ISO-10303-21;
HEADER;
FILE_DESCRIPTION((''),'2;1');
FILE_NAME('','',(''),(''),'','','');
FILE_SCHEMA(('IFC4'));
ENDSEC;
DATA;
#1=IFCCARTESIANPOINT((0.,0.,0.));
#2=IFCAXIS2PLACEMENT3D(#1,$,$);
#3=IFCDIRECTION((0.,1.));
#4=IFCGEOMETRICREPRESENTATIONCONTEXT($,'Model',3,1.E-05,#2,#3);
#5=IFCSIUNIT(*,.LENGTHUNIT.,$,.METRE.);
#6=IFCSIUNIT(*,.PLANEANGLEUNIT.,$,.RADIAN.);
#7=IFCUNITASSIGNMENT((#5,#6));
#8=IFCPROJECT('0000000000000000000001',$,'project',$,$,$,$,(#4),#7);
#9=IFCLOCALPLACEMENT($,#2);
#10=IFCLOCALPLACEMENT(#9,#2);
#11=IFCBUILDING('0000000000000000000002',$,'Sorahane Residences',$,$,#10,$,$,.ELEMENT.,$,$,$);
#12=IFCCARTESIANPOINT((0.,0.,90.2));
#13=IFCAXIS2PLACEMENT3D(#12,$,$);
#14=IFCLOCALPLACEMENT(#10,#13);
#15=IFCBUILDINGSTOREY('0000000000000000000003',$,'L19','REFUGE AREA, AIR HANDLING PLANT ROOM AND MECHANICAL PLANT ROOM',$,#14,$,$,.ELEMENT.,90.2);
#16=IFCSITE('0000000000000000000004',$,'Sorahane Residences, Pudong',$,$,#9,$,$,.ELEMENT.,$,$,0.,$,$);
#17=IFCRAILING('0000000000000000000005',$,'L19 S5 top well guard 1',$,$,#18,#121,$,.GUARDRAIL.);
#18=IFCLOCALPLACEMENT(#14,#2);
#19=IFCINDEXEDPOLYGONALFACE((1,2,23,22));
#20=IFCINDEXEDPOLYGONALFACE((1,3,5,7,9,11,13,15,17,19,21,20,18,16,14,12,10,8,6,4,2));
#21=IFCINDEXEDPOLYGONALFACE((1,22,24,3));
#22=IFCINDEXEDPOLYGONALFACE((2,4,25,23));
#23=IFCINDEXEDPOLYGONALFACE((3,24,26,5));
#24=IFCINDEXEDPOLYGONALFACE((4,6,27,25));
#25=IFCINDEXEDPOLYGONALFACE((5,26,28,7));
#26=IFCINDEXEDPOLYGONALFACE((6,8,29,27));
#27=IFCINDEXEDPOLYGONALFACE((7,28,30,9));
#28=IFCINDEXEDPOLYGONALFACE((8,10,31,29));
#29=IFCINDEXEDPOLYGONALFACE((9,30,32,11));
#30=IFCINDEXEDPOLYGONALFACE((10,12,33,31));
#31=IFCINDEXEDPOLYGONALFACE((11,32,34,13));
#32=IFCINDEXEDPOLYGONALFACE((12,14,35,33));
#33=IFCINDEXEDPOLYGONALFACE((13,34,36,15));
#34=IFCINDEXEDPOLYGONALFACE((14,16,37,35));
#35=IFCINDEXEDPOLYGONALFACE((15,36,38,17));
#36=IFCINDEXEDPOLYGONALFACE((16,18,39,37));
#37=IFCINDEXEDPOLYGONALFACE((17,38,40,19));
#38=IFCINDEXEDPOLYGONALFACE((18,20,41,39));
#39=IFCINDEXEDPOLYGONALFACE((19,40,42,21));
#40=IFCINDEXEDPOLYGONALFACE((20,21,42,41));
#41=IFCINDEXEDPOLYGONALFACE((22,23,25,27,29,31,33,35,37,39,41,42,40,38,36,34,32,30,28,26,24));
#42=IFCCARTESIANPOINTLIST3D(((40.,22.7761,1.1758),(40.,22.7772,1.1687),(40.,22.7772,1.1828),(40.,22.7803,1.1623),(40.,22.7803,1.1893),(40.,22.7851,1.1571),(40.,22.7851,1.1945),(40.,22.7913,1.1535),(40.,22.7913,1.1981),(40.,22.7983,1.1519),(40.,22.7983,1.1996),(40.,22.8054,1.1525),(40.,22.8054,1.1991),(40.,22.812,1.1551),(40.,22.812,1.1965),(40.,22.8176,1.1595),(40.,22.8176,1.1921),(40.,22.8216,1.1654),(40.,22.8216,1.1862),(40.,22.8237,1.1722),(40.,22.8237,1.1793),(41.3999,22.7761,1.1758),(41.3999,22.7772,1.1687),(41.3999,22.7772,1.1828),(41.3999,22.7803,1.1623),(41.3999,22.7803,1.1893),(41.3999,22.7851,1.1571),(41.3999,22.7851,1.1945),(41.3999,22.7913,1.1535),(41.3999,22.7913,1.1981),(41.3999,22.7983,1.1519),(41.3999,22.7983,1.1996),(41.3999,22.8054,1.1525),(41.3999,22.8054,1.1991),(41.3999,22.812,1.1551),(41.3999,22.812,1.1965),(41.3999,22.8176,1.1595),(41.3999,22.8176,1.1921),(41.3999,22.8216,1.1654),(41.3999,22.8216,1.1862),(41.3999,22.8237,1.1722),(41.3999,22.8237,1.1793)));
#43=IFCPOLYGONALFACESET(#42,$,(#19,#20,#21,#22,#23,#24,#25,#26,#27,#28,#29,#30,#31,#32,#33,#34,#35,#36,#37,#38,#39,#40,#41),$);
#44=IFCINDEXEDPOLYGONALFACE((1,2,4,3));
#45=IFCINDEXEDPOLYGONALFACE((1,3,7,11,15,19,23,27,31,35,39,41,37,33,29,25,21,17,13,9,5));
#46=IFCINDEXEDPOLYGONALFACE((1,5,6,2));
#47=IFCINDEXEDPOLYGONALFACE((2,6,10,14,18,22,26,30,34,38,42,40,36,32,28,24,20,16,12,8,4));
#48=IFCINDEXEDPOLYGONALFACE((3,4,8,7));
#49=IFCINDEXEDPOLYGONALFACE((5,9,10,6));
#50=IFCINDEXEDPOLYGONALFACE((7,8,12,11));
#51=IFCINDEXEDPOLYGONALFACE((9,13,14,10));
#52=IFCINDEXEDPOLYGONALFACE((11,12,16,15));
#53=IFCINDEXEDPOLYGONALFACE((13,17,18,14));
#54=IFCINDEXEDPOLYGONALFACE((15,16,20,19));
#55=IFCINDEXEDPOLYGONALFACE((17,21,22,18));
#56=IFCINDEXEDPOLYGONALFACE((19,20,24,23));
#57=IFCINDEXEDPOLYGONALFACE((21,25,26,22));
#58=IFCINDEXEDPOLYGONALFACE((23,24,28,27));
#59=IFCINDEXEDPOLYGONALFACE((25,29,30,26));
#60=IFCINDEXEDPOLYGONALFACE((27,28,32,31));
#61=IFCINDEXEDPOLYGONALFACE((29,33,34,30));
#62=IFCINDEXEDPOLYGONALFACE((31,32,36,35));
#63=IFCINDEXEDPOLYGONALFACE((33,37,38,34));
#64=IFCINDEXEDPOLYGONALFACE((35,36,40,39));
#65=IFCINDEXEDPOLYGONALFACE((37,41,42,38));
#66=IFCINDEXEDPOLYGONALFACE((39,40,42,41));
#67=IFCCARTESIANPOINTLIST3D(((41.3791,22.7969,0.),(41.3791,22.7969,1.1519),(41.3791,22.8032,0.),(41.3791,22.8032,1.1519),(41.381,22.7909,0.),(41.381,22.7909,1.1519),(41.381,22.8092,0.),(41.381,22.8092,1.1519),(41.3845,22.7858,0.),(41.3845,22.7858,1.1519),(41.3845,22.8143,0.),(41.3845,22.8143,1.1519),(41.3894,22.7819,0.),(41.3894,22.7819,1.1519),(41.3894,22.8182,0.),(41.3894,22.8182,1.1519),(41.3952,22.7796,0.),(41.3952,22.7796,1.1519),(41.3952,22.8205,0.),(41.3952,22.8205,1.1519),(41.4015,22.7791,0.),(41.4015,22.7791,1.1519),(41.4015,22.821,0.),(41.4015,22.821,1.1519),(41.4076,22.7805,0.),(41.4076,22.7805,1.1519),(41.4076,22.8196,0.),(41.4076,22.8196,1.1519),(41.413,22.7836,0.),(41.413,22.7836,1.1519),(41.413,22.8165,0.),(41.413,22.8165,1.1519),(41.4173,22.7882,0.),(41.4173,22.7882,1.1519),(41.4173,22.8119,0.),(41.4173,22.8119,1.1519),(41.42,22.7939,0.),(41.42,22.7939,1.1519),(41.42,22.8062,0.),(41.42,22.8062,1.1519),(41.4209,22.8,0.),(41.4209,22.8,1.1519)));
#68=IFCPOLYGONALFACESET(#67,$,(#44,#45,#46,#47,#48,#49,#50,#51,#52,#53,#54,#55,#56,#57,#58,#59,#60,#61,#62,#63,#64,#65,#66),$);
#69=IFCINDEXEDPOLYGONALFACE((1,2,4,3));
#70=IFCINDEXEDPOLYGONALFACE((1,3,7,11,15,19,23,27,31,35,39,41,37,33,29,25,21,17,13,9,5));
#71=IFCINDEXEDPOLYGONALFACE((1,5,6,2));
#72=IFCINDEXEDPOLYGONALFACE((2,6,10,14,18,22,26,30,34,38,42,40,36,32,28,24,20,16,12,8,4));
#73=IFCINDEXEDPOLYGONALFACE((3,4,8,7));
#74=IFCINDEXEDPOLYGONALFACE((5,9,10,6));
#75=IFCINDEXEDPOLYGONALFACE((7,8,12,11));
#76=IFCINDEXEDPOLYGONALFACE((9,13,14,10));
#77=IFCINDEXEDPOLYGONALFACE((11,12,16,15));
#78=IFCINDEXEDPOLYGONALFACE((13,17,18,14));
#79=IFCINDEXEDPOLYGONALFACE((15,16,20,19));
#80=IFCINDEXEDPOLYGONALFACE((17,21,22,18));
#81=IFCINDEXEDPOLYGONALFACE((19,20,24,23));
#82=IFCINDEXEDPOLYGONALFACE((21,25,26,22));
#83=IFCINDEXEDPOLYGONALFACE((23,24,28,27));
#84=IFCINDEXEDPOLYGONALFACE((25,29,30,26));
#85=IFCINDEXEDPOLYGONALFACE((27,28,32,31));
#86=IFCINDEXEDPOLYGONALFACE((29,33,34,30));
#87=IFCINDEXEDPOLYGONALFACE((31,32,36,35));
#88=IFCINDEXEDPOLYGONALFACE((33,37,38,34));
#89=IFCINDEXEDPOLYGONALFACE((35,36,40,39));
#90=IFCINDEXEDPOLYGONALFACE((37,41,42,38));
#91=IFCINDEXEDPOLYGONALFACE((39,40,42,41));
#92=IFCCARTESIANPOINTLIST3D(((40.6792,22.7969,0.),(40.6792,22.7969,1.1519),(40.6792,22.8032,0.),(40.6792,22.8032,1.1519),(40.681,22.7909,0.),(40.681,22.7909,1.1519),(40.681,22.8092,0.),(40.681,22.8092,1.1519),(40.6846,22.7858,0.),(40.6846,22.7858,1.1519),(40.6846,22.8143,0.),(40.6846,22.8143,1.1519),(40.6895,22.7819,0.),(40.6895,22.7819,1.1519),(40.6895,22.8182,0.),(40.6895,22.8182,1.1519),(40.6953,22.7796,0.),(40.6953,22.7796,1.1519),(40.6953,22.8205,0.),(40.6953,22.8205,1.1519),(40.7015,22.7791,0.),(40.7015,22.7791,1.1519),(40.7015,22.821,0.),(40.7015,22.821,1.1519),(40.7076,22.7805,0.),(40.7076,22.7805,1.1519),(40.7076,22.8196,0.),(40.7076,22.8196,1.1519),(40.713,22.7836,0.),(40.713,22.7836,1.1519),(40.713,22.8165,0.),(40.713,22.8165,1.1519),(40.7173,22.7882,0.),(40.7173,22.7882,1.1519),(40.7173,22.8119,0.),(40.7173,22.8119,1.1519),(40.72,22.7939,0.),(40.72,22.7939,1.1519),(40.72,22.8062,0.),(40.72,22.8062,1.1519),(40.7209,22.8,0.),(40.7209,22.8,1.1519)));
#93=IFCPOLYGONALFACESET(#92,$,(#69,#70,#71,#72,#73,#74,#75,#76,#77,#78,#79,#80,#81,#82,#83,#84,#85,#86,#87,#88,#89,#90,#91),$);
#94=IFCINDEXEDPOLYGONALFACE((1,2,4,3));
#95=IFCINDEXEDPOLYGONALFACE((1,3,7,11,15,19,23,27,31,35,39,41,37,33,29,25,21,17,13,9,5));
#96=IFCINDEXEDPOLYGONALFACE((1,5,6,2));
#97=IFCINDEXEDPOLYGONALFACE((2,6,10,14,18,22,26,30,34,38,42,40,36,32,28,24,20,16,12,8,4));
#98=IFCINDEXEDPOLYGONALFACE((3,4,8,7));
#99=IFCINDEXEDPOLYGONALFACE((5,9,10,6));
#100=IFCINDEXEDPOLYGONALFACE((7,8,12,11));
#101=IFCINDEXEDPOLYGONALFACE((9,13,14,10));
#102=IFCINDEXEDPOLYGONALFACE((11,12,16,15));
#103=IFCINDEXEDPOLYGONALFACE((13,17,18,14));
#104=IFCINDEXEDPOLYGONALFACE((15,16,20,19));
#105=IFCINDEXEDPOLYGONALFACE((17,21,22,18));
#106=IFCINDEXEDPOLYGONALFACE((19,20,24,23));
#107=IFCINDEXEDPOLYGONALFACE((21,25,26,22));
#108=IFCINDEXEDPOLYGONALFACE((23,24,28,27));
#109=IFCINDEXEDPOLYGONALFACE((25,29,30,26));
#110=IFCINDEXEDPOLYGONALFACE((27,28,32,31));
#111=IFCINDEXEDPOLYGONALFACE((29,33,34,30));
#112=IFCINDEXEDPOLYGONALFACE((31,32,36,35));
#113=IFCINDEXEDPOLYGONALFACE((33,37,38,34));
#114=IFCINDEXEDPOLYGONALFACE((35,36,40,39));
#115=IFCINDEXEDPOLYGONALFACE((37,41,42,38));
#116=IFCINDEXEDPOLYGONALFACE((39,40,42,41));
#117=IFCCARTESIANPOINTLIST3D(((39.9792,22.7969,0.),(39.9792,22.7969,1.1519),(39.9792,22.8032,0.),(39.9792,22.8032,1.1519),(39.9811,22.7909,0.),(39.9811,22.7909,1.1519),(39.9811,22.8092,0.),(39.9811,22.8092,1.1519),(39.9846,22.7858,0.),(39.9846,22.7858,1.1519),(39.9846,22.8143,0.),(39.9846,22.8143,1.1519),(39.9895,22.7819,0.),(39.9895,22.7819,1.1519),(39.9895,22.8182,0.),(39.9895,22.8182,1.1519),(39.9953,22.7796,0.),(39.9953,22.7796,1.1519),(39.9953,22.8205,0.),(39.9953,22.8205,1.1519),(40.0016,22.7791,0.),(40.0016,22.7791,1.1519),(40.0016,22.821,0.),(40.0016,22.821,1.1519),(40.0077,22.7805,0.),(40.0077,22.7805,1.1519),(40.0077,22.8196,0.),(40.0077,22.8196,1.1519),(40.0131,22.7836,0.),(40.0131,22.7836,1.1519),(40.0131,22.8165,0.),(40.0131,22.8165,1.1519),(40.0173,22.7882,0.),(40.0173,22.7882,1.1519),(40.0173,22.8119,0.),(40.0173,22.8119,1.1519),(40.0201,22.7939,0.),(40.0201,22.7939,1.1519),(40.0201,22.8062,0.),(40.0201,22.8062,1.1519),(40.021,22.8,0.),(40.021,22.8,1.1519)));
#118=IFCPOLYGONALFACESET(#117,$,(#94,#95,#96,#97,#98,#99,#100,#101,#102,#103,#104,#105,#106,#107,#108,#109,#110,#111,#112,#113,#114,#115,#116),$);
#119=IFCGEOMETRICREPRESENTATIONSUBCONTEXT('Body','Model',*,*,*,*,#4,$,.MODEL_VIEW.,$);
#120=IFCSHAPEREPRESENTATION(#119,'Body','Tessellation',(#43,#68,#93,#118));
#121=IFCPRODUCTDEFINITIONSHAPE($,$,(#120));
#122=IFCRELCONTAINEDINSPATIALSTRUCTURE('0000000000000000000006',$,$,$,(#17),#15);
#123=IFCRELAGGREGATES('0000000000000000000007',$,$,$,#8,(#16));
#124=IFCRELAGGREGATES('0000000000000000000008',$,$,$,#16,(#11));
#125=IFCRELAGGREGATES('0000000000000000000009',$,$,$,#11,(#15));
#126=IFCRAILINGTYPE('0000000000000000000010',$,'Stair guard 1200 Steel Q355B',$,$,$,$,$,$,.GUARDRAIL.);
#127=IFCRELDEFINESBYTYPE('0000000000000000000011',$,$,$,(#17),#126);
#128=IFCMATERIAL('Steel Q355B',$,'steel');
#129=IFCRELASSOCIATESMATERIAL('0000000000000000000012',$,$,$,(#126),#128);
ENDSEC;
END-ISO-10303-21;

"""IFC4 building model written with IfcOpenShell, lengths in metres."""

from ifc_helpers import new_model, si_unit, direction, frame, origin, origin_2d, place, context, subcontext, project, spatial, circle, extrude, material, type_object, element, save


model = new_model("IFC4")

# Units and contexts
model_context = context("Model", 3, precision=1e-05, world=origin(), true_north=direction((0.0, 1.0)))
body_context = subcontext(model_context, "Body", "Model", "MODEL_VIEW")
ifc_project = project(units=[si_unit("LENGTHUNIT", "METRE"), si_unit("PLANEANGLEUNIT", "RADIAN")], contexts=[model_context])

# Site, building, storey
site_placement = place(None, origin())
site = spatial("IfcSite", under=ifc_project, at=site_placement, Name="Sorahane Residences, Pudong", CompositionType="ELEMENT", RefElevation=0.0)
building_placement = place(site_placement, origin())
building = spatial("IfcBuilding", under=site, at=building_placement, Name="Sorahane Residences", CompositionType="ELEMENT")
storey_placement = place(building_placement, frame((0.0, 0.0, 90.2)))
storey = spatial("IfcBuildingStorey", under=building, at=storey_placement, Name="L19", Description="REFUGE AREA, AIR HANDLING PLANT ROOM AND MECHANICAL PLANT ROOM", CompositionType="ELEMENT", Elevation=90.2)

# Railing
ifc_material_1 = material(Name="Steel Q355B", Category="steel")
railing_type_1 = type_object("IfcRailingType", Name="Stair guard 1200 Steel Q355B", PredefinedType="GUARDRAIL", material=ifc_material_1)
railing_1_placement = place(storey_placement, frame((41.3999, 22.8, 0.0)))
element("IfcRailing", 1, at=railing_1_placement, inside=storey, type_object=railing_type_1, Name="L19 S5 top well guard 1", PredefinedType="GUARDRAIL", context=body_context, shape_type="SweptSolid", body=[
    extrude(circle(Radius=0.0239, at=origin_2d()), frame((0.0, 0.0, 1.1758), z_axis=(-1.0, 0.0, 0.0), x_axis=(0.0, -1.0, 0.0)), (0.0, 0.0, 1.0), 1.3999),
    extrude(circle(Radius=0.021, at=origin_2d()), origin(), (0.0, 0.0, 1.0), 1.1519),
    extrude(circle(Radius=0.021, at=origin_2d()), frame((-0.7, 0.0, 0.0)), (0.0, 0.0, 1.0), 1.1519),
    extrude(circle(Radius=0.021, at=origin_2d()), frame((-1.3999, 0.0, 0.0)), (0.0, 0.0, 1.0), 1.1519),
])

save(model, "model.ifc")
